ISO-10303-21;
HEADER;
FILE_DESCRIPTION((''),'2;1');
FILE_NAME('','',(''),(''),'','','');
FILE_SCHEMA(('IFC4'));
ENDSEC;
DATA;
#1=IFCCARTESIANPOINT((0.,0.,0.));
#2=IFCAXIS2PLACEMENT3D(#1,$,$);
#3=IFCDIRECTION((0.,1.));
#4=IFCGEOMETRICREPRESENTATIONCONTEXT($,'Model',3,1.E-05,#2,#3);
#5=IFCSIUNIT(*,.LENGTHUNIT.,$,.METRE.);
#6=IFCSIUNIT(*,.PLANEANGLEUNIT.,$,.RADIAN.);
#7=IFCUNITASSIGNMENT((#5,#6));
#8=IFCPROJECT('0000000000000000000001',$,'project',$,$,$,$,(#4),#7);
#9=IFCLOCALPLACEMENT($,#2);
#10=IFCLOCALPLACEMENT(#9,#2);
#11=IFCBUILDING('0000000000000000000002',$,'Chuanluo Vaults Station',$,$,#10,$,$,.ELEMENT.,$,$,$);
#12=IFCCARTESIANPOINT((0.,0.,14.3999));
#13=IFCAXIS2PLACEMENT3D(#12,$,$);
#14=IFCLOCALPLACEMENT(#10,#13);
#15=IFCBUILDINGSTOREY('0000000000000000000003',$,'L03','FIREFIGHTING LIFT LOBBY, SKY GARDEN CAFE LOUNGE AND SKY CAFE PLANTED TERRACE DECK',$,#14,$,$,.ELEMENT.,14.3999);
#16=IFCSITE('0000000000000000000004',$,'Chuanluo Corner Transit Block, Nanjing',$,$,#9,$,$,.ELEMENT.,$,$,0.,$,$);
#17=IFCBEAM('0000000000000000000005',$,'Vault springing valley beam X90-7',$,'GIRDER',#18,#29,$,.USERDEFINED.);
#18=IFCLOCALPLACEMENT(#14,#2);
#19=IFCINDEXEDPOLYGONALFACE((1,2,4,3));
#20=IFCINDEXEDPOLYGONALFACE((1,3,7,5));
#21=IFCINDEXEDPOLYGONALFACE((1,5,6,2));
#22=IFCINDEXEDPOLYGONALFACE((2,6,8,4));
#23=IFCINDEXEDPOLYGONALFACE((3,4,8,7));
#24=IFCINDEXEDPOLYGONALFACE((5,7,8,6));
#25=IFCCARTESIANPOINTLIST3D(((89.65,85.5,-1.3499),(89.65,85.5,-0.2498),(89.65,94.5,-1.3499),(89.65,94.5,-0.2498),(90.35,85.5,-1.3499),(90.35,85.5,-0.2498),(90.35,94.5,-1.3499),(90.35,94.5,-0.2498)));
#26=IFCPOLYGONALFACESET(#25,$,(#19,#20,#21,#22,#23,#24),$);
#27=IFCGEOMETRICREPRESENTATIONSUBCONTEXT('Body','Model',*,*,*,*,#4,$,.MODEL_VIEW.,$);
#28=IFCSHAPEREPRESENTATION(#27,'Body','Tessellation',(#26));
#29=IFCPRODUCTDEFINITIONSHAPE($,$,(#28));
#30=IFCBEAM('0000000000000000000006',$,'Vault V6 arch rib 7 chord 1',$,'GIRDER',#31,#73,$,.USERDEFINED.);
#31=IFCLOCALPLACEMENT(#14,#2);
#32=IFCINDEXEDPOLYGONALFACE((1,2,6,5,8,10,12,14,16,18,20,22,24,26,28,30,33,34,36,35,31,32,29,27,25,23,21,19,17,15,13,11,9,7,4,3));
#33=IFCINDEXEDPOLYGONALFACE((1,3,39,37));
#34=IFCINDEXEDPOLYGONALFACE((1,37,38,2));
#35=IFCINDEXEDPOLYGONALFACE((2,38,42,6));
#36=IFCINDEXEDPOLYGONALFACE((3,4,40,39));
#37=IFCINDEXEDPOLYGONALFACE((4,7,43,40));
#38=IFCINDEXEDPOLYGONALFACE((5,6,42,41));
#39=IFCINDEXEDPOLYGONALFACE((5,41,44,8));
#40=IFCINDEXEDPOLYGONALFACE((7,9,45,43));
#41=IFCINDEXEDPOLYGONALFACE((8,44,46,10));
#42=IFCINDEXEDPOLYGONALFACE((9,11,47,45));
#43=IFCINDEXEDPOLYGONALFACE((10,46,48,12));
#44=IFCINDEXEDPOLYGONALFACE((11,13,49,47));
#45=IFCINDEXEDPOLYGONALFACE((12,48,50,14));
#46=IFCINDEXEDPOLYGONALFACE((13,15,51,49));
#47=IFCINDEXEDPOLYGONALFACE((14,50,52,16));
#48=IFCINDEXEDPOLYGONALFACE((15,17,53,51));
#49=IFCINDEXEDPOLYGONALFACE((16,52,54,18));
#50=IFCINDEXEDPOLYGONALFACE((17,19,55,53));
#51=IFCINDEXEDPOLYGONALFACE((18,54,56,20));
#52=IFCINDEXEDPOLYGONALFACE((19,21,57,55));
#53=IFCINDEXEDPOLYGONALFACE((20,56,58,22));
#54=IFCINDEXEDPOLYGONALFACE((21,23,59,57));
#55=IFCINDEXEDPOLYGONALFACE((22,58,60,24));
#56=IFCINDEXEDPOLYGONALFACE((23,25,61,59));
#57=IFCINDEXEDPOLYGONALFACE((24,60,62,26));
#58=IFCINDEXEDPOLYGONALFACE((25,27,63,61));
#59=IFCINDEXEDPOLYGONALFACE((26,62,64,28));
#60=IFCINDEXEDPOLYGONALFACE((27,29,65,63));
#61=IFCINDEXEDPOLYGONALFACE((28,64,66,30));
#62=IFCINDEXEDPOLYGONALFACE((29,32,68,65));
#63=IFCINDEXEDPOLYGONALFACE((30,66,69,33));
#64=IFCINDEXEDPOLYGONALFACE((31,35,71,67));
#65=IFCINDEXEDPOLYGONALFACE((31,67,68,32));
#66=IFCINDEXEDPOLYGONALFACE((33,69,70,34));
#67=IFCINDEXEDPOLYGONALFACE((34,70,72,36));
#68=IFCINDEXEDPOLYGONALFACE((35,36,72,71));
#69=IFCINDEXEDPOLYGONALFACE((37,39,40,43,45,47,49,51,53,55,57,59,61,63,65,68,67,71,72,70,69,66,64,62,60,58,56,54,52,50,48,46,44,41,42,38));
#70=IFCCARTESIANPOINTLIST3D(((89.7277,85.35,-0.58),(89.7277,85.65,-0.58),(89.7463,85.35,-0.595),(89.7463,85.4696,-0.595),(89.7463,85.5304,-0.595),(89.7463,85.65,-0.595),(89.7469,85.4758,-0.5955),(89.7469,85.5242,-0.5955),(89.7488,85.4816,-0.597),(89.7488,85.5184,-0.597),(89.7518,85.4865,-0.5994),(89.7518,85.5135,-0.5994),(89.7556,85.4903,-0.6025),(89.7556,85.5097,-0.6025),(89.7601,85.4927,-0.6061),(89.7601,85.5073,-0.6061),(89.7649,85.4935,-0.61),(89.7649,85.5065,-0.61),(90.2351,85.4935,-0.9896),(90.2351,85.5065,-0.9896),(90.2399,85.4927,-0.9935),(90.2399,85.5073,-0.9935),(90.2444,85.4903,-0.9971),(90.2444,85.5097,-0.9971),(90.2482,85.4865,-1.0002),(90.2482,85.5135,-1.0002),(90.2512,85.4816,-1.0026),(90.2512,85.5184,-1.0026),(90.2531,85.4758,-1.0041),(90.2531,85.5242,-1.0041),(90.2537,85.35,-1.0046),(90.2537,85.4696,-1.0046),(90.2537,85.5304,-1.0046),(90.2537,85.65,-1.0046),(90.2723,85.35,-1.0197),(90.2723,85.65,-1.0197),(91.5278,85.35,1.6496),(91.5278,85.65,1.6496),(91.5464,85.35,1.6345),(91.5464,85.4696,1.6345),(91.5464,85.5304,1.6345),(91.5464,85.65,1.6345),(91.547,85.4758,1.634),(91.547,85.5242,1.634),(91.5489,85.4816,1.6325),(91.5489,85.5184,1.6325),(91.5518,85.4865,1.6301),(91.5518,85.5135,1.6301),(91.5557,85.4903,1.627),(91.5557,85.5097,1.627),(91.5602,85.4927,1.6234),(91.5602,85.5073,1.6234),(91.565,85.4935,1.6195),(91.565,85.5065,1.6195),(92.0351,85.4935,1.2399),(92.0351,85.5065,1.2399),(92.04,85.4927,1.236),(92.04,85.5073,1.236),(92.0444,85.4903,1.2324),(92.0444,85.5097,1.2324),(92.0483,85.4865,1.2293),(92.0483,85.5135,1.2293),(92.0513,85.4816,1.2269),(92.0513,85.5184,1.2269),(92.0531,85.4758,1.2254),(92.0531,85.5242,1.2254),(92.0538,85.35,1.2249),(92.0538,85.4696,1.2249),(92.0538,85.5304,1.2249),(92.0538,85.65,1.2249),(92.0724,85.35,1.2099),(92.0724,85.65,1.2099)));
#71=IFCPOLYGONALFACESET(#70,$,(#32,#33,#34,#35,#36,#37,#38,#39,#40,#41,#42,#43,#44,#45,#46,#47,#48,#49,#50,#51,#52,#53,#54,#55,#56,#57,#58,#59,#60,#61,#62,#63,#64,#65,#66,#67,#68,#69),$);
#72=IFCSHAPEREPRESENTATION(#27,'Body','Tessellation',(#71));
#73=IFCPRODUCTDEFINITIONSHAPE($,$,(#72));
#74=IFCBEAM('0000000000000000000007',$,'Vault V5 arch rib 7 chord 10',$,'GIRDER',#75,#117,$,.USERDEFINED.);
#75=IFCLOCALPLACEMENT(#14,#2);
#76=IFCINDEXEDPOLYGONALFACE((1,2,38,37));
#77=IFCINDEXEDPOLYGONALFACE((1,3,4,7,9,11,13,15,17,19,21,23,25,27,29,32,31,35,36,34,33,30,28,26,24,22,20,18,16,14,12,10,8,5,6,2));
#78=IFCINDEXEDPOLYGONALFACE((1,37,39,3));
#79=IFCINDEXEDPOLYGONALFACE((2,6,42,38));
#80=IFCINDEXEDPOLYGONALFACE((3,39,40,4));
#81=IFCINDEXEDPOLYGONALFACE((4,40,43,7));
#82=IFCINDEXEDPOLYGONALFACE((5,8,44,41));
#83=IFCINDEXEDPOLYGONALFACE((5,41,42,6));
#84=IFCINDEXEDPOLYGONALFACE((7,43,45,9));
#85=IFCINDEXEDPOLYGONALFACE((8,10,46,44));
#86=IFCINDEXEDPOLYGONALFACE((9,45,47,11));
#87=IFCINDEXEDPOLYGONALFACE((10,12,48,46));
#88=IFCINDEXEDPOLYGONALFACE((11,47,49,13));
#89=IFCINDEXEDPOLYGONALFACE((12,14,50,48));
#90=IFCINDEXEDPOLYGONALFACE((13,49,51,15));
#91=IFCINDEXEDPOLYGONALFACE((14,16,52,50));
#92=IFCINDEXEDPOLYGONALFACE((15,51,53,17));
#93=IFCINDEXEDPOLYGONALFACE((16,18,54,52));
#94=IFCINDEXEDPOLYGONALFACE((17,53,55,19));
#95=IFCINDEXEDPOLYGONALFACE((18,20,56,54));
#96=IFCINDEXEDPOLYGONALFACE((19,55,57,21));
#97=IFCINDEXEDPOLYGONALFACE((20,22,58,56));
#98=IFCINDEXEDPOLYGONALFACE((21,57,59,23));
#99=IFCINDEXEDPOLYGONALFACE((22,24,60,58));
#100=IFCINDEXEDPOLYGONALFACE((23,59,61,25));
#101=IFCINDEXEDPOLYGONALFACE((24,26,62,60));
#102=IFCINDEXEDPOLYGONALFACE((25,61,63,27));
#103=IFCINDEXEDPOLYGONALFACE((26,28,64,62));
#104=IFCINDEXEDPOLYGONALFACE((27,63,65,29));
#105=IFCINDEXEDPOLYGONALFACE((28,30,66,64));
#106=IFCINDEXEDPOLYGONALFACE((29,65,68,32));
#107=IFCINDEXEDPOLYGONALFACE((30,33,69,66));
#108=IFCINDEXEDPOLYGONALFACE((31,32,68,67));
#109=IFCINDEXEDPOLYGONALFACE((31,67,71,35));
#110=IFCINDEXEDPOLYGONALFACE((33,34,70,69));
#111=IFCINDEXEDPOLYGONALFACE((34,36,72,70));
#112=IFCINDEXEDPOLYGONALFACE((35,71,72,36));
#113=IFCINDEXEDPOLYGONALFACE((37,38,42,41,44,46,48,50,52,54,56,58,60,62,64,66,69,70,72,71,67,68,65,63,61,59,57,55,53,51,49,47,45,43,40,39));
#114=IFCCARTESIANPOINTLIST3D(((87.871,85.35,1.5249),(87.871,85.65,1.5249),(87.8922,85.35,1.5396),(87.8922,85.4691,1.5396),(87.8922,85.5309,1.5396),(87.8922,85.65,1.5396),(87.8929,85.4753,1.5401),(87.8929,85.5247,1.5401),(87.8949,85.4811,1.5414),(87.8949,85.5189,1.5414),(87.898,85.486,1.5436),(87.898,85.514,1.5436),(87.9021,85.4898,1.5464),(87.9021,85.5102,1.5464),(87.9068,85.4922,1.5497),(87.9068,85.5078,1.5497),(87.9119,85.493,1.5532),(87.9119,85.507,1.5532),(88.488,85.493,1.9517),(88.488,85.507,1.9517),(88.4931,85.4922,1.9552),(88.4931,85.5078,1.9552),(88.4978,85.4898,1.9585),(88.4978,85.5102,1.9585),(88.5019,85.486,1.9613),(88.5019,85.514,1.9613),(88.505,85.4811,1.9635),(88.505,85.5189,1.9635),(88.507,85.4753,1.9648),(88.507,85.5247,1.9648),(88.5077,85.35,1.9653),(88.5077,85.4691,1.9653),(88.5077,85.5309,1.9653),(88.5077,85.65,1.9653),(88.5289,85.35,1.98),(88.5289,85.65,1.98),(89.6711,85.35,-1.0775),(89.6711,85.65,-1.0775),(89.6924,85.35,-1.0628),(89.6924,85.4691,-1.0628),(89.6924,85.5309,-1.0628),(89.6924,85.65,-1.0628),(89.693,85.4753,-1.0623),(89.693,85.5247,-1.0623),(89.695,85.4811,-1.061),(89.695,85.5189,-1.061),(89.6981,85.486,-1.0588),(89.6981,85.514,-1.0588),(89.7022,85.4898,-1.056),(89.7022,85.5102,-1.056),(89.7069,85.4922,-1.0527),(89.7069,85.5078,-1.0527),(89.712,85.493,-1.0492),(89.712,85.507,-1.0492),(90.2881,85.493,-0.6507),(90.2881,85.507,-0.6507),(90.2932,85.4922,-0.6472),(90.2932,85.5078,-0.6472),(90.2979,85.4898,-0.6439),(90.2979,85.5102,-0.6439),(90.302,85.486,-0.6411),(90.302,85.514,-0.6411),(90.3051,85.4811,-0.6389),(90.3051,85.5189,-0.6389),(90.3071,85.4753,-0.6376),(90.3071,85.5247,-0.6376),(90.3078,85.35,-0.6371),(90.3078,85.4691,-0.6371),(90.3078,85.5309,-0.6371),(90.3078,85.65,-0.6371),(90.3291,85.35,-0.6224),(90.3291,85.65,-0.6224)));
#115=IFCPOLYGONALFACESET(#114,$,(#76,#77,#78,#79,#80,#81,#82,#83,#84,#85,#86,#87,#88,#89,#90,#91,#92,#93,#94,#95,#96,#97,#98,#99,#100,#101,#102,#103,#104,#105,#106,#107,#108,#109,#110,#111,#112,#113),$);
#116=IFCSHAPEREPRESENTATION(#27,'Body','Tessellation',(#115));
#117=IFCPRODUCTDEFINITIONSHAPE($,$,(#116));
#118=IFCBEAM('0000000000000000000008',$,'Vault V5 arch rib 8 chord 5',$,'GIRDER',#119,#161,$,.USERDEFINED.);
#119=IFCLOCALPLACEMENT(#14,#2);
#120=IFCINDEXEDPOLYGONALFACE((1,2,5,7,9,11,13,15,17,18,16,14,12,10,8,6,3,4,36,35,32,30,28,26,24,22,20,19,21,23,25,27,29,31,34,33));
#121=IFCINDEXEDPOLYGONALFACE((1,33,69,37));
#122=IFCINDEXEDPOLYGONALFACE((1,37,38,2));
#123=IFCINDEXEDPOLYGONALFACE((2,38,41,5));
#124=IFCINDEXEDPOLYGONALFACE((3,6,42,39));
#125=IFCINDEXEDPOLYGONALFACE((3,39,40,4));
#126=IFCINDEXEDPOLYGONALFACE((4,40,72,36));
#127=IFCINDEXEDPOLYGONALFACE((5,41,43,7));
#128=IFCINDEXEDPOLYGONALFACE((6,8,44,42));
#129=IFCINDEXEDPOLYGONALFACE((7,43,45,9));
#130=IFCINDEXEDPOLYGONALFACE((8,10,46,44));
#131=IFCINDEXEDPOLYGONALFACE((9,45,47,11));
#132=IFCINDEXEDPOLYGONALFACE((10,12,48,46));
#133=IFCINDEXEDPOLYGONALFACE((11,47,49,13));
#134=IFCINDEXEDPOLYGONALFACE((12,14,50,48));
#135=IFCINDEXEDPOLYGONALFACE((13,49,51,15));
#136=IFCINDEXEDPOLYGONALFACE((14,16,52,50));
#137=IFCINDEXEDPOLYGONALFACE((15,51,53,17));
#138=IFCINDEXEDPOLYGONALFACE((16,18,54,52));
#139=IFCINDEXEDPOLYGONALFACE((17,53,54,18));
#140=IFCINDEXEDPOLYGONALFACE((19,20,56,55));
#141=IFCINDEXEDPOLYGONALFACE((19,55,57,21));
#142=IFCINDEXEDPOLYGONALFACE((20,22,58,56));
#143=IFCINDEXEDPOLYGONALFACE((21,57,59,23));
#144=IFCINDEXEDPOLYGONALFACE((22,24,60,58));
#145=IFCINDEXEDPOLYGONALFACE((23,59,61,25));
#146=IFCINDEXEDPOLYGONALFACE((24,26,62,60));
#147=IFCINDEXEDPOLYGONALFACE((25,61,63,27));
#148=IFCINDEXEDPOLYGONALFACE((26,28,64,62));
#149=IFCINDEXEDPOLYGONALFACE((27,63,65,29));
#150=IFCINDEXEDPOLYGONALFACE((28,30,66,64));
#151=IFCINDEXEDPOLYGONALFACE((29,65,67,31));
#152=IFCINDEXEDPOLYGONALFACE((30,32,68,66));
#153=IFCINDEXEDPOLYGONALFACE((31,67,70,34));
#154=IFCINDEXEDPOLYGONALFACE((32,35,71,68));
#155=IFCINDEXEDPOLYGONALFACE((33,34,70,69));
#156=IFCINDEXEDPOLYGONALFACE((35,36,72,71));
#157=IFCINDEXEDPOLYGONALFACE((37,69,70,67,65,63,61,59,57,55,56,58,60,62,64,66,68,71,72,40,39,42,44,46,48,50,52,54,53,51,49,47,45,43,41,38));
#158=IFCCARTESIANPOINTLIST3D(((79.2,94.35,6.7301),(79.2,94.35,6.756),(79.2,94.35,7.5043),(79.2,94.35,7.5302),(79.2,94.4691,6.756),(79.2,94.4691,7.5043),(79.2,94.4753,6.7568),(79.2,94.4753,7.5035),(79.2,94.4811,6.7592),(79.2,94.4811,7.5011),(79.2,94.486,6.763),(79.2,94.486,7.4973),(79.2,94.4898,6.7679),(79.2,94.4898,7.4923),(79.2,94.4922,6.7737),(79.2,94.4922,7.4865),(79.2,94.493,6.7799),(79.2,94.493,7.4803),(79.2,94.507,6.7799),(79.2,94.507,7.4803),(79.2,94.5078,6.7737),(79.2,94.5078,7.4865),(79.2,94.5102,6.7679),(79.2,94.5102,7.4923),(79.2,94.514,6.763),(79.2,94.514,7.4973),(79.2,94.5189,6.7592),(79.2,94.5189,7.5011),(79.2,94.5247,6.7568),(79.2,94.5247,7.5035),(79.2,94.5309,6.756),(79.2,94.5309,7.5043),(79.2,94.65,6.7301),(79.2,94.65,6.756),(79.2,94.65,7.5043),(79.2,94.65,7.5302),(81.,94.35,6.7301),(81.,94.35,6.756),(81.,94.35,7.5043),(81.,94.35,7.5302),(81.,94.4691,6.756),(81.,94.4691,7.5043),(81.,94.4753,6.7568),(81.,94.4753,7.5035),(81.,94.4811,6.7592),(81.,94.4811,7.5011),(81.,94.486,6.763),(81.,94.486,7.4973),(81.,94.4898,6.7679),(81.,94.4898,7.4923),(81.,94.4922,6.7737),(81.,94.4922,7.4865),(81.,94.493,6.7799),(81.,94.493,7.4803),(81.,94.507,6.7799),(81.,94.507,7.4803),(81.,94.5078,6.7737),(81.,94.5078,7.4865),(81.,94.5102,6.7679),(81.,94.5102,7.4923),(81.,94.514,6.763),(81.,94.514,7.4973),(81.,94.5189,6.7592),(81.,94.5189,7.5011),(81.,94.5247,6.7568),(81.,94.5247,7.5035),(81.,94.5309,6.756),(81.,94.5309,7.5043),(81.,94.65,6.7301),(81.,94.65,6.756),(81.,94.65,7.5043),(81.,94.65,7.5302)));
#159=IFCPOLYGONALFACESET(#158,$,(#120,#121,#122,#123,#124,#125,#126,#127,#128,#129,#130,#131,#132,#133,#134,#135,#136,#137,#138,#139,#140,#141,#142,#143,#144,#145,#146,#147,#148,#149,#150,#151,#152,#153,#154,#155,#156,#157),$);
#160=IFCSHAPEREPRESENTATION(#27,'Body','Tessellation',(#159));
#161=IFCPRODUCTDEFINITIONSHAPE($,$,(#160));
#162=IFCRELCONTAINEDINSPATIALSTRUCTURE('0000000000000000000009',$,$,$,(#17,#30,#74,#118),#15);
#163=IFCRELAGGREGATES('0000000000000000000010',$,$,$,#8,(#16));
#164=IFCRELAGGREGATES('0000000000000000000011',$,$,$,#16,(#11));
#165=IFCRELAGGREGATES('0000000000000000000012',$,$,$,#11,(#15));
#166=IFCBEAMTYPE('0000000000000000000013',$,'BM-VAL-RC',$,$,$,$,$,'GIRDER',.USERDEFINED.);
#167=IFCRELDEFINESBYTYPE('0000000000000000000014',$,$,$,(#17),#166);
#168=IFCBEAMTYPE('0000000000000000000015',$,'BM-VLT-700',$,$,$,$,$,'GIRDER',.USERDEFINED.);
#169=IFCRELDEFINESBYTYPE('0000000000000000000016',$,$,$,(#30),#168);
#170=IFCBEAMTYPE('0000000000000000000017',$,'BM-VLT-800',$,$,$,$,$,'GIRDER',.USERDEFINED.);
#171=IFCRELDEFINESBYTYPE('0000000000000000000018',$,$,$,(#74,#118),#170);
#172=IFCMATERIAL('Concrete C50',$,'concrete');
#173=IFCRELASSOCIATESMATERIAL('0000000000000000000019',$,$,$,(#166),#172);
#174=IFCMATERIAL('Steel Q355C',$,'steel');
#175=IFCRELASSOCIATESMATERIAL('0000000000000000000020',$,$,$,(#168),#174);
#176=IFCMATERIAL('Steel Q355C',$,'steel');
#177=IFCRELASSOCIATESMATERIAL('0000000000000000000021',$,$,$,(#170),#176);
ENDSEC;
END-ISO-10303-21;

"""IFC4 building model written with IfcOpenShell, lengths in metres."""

from ifc_helpers import new_model, si_unit, direction, frame, origin, origin_2d, place, context, subcontext, project, spatial, rectangle, i_section, extrude, material, material_profile, profile_set, type_object, element, save


model = new_model("IFC4")

# Units and contexts
model_context = context("Model", 3, precision=1e-05, world=origin(), true_north=direction((0.0, 1.0)))
body_context = subcontext(model_context, "Body", "Model", "MODEL_VIEW")
ifc_project = project(units=[si_unit("LENGTHUNIT", "METRE"), si_unit("PLANEANGLEUNIT", "RADIAN")], contexts=[model_context])

# Site, building, storey
site_placement = place(None, origin())
site = spatial("IfcSite", under=ifc_project, at=site_placement, Name="Chuanluo Corner Transit Block, Nanjing", CompositionType="ELEMENT", RefElevation=0.0)
building_placement = place(site_placement, origin())
building = spatial("IfcBuilding", under=site, at=building_placement, Name="Chuanluo Vaults Station", CompositionType="ELEMENT")
storey_placement = place(building_placement, frame((0.0, 0.0, 14.3999)))
storey = spatial("IfcBuildingStorey", under=building, at=storey_placement, Name="L03", Description="FIREFIGHTING LIFT LOBBY, SKY GARDEN CAFE LOUNGE AND SKY CAFE PLANTED TERRACE DECK", CompositionType="ELEMENT", Elevation=14.3999)

# Beams
ifc_material_1 = material(Name="Concrete C50", Category="concrete")
ifc_material_profile_1 = material_profile(ifc_material_1, rectangle(XDim=0.7, YDim=1.1001, at=origin_2d()))
ifc_profile_set_1 = profile_set([ifc_material_profile_1], Name="Concrete C50")
beam_type_1 = type_object("IfcBeamType", Name="BM-VAL-RC", ElementType="GIRDER", PredefinedType="USERDEFINED", material=ifc_profile_set_1)
beam_1_placement = place(storey_placement, frame((90.0, 85.5, -0.7998), z_axis=(0.0, 1.0, 0.0), x_axis=(-1.0, 0.0, 0.0)))
element("IfcBeam", 1, at=beam_1_placement, inside=storey, type_object=beam_type_1, Name="Vault springing valley beam X90-7", ObjectType="GIRDER", PredefinedType="USERDEFINED", context=body_context, shape_type="SweptSolid", body=[
    extrude(rectangle(XDim=0.7, YDim=1.1001, at=origin_2d()), origin(), (0.0, 0.0, 1.0), 9.0),
])
ifc_material_2 = material(Name="Steel Q355C", Category="steel")
ifc_material_profile_2 = material_profile(ifc_material_2, i_section(OverallWidth=0.3, OverallDepth=0.7, WebThickness=0.0129, FlangeThickness=0.0239, FilletRadius=0.0239, at=origin_2d()))
ifc_profile_set_2 = profile_set([ifc_material_profile_2], Name="Steel Q355C")
beam_type_2 = type_object("IfcBeamType", Name="BM-VLT-700", ElementType="GIRDER", PredefinedType="USERDEFINED", material=ifc_profile_set_2)
beam_2_placement = place(storey_placement, frame((90.0, 85.5, -0.7998), z_axis=(0.62819, 0.0, 0.77806), x_axis=(0.0, 1.0, 0.0)))
element("IfcBeam", 2, at=beam_2_placement, inside=storey, type_object=beam_type_2, Name="Vault V6 arch rib 7 chord 1", ObjectType="GIRDER", PredefinedType="USERDEFINED", context=body_context, shape_type="SweptSolid", body=[
    extrude(i_section(OverallWidth=0.3, OverallDepth=0.7, WebThickness=0.0129, FlangeThickness=0.0239, FilletRadius=0.0239, at=origin_2d()), origin(), (0.0, 0.0, 1.0), 2.8655),
])
ifc_material_3 = material(Name="Steel Q355C", Category="steel")
ifc_material_profile_3 = material_profile(ifc_material_3, i_section(OverallWidth=0.3, OverallDepth=0.8, WebThickness=0.0139, FlangeThickness=0.0259, FilletRadius=0.0239, at=origin_2d()))
ifc_profile_set_3 = profile_set([ifc_material_profile_3], Name="Steel Q355C")
beam_type_3 = type_object("IfcBeamType", Name="BM-VLT-800", ElementType="GIRDER", PredefinedType="USERDEFINED", material=ifc_profile_set_3)
beam_3_placement = place(storey_placement, frame((88.2, 85.5, 1.7524), z_axis=(0.568881, 0.0, -0.82242), x_axis=(0.0, 1.0, 0.0)))
element("IfcBeam", 3, at=beam_3_placement, inside=storey, type_object=beam_type_3, Name="Vault V5 arch rib 7 chord 10", ObjectType="GIRDER", PredefinedType="USERDEFINED", context=body_context, shape_type="SweptSolid", body=[
    extrude(i_section(OverallWidth=0.3, OverallDepth=0.8, WebThickness=0.0139, FlangeThickness=0.0259, FilletRadius=0.0239, at=origin_2d()), origin(), (0.0, 0.0, 1.0), 3.1643),
])
for number, where, z_axis, x_axis, name in (
    (4, (79.2, 94.5, 7.1301), (1.0, 0.0, 0.0), (0.0, 1.0, 0.0), "Vault V5 arch rib 8 chord 5"),
):
    element("IfcBeam", number, at=place(storey_placement, frame(where, z_axis=z_axis, x_axis=x_axis)), inside=storey, type_object=beam_type_3, Name=name, ObjectType="GIRDER", PredefinedType="USERDEFINED", context=body_context, shape_type="SweptSolid", body=[
        extrude(i_section(OverallWidth=0.3, OverallDepth=0.8, WebThickness=0.0139, FlangeThickness=0.0259, FilletRadius=0.0239, at=origin_2d()), origin(), (0.0, 0.0, 1.0), 1.8),
    ])

save(model, "model.ifc")
